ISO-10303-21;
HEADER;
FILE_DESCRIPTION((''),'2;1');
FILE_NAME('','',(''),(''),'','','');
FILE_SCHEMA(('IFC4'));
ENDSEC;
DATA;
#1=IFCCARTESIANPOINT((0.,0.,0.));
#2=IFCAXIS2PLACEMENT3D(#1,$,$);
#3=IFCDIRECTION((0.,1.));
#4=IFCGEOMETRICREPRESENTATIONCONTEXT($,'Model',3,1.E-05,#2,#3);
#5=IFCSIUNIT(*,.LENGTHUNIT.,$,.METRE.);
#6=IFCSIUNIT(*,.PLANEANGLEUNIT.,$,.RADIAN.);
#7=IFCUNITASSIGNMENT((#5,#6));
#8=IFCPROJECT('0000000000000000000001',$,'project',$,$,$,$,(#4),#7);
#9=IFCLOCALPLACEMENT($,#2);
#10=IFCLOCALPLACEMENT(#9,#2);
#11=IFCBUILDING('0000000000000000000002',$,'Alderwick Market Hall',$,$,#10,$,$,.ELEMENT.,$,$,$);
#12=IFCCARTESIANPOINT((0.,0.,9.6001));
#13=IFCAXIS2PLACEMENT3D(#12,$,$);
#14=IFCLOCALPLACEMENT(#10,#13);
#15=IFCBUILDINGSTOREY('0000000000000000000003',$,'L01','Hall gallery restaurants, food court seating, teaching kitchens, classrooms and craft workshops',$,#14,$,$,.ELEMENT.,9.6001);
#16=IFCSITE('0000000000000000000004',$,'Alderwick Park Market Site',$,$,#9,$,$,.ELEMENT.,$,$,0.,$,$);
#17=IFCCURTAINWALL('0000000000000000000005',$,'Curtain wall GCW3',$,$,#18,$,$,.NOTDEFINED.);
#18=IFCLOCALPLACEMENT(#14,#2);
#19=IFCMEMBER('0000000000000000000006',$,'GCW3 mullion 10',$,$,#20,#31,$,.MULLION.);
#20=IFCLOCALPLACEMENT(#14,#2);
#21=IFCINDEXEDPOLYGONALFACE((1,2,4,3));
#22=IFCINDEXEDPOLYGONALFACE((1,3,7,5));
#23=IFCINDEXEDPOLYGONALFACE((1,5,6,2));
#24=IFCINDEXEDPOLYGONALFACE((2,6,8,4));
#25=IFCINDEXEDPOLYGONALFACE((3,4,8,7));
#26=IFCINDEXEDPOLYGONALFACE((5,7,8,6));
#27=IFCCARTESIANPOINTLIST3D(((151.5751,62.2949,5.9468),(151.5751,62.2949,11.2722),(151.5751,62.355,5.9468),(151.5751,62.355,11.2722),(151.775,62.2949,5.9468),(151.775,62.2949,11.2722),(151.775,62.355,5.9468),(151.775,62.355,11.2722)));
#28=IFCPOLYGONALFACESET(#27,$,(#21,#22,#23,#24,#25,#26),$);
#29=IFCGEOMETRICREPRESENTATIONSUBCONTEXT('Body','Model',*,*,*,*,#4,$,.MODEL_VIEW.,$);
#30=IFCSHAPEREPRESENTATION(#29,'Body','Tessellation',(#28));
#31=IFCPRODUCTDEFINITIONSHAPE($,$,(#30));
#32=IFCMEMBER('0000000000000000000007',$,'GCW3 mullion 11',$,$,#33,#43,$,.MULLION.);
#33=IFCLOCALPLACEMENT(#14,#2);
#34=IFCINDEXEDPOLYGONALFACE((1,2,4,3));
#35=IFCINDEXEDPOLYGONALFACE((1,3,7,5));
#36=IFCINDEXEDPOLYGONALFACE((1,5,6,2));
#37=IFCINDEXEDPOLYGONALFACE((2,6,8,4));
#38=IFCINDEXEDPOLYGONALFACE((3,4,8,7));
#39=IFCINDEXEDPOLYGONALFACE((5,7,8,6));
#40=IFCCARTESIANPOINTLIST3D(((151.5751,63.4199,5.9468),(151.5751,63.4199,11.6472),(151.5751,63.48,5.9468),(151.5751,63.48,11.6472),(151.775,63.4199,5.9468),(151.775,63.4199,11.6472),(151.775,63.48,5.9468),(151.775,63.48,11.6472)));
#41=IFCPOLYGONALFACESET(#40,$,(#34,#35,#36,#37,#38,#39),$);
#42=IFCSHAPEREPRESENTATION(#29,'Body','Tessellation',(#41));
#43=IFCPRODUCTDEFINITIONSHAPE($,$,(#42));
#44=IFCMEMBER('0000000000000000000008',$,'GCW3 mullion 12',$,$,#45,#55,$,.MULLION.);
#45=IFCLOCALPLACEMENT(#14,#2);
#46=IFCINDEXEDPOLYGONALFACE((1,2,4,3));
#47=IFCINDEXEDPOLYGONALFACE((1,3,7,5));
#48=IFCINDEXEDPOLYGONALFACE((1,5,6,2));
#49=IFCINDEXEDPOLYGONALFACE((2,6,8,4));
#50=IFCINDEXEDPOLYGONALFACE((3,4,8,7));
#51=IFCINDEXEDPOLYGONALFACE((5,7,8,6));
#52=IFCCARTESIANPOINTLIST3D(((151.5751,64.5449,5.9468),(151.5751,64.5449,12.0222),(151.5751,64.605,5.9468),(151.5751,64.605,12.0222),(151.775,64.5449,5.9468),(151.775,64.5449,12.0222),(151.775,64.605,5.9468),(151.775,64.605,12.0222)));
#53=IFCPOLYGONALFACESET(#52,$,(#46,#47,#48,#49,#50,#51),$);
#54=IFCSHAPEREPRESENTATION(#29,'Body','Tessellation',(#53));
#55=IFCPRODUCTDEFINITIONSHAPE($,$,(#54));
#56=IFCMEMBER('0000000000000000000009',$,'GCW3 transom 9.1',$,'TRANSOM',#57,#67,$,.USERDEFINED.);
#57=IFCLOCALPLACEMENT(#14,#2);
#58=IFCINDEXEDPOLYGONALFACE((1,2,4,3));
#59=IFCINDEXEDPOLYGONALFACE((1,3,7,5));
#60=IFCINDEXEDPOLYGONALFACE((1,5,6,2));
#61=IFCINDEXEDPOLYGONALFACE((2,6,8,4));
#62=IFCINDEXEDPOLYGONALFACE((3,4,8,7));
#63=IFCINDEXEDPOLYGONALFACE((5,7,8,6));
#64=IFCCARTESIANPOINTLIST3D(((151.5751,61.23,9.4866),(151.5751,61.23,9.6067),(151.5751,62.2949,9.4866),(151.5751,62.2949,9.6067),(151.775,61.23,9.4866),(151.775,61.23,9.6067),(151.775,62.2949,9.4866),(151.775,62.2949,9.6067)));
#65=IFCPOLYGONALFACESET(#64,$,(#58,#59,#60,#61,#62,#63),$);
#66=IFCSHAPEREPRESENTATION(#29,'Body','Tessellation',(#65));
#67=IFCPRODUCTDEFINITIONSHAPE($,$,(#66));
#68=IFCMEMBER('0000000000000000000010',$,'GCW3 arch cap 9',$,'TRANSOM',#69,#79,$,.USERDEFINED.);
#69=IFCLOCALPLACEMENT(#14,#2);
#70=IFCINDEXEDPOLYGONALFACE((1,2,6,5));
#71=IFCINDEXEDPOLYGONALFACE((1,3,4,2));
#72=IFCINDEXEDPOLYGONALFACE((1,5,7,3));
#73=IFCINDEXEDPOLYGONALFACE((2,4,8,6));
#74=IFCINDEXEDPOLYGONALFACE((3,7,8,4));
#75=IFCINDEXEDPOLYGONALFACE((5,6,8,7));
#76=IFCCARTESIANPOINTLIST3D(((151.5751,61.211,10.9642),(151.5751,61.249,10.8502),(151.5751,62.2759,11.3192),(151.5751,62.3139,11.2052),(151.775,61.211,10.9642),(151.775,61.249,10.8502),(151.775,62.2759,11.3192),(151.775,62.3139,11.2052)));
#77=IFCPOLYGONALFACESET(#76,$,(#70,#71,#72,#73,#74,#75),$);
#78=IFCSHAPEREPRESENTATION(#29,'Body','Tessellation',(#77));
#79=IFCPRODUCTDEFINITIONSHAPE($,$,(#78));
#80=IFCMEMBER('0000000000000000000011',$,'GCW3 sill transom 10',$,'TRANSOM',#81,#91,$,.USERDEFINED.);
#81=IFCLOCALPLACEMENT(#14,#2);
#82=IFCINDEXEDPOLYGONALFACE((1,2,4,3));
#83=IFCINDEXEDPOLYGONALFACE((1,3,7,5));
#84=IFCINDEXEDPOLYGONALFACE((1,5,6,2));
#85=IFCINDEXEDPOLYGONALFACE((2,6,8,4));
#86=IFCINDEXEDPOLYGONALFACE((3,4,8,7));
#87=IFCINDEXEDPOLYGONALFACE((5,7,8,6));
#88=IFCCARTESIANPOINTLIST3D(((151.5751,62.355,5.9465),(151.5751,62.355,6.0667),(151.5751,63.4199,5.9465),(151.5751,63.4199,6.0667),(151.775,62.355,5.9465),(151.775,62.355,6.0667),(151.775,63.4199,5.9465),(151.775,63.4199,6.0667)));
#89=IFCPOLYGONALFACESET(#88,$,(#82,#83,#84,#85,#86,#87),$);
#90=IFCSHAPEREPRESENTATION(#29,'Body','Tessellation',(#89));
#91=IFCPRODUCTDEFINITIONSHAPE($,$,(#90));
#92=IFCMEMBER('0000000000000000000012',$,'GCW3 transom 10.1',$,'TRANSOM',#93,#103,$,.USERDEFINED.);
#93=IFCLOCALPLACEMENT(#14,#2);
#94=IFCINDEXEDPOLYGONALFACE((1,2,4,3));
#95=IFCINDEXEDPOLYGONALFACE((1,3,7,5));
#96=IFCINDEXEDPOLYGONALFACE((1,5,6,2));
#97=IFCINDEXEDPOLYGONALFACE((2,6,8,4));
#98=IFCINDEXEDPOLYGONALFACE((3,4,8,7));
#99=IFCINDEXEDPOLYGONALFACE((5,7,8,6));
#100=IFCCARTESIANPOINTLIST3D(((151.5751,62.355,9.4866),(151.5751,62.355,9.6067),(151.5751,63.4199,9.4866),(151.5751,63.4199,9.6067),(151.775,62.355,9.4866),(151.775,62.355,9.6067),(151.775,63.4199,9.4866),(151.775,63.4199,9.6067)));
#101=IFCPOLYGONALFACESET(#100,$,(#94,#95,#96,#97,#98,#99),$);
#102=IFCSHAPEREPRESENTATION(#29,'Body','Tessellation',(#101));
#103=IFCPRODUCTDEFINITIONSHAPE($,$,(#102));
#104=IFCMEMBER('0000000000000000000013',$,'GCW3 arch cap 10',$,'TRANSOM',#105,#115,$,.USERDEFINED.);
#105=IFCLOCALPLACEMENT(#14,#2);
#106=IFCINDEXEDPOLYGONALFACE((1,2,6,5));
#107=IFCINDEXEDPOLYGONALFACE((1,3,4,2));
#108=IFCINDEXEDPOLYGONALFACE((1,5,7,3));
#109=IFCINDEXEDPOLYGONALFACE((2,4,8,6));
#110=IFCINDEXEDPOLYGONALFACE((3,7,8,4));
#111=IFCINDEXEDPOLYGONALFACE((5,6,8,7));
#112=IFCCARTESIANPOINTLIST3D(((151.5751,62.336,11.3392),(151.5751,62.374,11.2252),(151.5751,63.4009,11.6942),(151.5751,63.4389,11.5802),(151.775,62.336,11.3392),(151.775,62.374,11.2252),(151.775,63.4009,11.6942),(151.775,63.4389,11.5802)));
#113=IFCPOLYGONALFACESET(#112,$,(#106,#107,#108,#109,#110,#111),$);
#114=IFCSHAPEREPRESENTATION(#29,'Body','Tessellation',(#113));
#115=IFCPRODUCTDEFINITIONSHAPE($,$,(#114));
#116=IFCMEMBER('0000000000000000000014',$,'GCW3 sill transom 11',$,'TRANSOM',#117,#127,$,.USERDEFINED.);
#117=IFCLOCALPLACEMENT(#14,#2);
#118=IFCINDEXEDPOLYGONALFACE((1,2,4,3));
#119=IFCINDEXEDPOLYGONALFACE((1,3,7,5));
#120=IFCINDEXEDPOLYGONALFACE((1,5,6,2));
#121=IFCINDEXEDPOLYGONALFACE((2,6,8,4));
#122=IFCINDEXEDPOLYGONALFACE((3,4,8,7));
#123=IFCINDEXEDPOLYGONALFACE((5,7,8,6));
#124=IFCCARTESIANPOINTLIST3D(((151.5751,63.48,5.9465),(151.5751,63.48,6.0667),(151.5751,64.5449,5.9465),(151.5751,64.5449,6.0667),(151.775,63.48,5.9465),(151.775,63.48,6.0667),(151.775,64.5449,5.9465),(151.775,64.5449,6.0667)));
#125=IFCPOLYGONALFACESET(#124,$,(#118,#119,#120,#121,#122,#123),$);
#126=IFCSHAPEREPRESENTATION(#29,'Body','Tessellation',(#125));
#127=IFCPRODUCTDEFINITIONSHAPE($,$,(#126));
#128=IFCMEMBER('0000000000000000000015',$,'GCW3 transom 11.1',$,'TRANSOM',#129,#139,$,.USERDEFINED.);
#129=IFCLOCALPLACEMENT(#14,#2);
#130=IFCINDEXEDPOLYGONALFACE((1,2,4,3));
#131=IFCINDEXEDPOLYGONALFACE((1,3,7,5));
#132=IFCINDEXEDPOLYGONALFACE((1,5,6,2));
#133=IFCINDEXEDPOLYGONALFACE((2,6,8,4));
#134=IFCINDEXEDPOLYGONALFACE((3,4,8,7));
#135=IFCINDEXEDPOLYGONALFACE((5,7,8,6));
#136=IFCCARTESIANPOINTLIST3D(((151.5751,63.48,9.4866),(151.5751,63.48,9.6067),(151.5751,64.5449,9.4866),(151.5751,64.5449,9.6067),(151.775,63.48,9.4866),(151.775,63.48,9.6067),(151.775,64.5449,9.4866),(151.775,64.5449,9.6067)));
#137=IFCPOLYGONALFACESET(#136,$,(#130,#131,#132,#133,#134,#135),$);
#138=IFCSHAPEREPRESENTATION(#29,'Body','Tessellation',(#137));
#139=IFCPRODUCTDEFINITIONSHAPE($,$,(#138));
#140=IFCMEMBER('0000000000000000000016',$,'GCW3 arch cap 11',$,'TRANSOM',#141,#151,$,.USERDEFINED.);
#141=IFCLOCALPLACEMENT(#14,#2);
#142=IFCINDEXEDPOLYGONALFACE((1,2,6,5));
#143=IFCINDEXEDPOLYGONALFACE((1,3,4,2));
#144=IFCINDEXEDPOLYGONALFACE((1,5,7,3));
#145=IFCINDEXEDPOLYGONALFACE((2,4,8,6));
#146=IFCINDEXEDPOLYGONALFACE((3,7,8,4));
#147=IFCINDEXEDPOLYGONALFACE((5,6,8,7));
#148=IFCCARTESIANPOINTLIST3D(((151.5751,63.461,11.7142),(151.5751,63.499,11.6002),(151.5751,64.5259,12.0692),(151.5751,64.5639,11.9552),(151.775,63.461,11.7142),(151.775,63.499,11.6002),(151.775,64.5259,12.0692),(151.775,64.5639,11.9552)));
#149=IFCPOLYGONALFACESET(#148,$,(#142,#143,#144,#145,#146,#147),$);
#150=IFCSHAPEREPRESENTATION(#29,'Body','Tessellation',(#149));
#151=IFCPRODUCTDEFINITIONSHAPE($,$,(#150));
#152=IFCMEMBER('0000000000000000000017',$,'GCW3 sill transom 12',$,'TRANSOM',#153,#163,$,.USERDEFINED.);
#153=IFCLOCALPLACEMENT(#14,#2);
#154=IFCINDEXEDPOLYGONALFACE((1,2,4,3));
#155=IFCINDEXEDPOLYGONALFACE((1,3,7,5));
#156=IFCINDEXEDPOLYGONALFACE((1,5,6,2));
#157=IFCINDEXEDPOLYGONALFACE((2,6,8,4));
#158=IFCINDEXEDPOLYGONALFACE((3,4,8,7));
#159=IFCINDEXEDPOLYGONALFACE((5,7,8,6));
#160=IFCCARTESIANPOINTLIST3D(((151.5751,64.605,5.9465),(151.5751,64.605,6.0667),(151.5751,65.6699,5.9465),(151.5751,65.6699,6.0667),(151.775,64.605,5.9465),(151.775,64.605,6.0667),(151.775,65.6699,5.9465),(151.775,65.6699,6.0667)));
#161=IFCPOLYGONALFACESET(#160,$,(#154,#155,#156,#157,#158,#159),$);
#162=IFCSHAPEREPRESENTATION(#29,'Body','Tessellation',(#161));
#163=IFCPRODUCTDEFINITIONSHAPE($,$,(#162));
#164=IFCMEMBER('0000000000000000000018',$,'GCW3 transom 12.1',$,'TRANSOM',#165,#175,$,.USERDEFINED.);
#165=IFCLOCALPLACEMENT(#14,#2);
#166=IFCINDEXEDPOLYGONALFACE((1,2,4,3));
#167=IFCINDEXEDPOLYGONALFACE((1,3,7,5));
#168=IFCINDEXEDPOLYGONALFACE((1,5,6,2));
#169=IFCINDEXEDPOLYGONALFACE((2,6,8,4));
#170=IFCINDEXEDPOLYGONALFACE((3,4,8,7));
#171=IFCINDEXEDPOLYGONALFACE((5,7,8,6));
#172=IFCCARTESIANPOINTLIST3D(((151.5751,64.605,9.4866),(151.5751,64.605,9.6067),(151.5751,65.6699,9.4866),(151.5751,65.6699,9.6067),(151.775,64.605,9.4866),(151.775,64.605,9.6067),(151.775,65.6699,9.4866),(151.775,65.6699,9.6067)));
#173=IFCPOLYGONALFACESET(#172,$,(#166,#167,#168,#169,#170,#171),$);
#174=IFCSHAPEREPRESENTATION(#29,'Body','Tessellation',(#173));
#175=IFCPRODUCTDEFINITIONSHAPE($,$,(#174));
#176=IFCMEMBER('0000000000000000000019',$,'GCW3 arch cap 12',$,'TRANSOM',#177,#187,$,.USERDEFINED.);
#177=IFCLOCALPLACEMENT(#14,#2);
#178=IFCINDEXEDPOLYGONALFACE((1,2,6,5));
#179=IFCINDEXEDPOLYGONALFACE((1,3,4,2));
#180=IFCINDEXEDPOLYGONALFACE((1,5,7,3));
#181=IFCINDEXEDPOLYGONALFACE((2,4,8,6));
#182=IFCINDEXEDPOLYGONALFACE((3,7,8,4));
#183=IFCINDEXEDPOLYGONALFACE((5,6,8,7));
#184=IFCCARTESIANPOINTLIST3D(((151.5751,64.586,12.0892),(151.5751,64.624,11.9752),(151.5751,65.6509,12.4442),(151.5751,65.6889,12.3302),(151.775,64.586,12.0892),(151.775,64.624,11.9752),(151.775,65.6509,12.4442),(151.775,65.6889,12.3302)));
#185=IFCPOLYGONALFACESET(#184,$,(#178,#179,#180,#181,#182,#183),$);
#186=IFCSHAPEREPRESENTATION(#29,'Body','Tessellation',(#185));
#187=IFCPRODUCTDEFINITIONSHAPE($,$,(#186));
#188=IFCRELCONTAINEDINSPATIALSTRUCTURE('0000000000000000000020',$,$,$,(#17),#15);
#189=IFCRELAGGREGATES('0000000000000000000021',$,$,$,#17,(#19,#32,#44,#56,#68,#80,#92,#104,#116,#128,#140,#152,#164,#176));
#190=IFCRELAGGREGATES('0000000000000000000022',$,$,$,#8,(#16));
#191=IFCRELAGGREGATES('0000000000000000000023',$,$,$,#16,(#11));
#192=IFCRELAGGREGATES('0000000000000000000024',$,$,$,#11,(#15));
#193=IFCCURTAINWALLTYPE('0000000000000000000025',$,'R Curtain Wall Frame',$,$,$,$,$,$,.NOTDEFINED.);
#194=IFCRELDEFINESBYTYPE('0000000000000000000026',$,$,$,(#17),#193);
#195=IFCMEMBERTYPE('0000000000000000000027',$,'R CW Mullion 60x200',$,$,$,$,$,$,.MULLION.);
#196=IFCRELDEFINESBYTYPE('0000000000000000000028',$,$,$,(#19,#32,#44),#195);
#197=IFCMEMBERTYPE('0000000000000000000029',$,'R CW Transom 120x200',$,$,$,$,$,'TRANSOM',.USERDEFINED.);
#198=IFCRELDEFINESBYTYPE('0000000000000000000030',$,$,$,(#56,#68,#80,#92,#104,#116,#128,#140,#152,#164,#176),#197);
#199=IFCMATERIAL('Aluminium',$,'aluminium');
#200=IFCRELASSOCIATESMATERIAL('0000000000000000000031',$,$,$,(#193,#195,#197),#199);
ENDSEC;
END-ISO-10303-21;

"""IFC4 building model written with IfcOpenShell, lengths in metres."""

from ifc_helpers import new_model, si_unit, direction, frame, origin, origin_2d, place, context, subcontext, project, spatial, rectangle, extrude, material, material_profile, profile_set, type_object, element, aggregate, save


model = new_model("IFC4")

# Units and contexts
model_context = context("Model", 3, precision=1e-05, world=origin(), true_north=direction((0.0, 1.0)))
body_context = subcontext(model_context, "Body", "Model", "MODEL_VIEW")
ifc_project = project(units=[si_unit("LENGTHUNIT", "METRE"), si_unit("PLANEANGLEUNIT", "RADIAN")], contexts=[model_context])

# Site, building, storey
site_placement = place(None, origin())
site = spatial("IfcSite", under=ifc_project, at=site_placement, Name="Alderwick Park Market Site", CompositionType="ELEMENT", RefElevation=0.0)
building_placement = place(site_placement, origin())
building = spatial("IfcBuilding", under=site, at=building_placement, Name="Alderwick Market Hall", CompositionType="ELEMENT")
storey_placement = place(building_placement, frame((0.0, 0.0, 9.6001)))
storey = spatial("IfcBuildingStorey", under=building, at=storey_placement, Name="L01", Description="Hall gallery restaurants, food court seating, teaching kitchens, classrooms and craft workshops", CompositionType="ELEMENT", Elevation=9.6001)

# Curtain wall, members
ifc_material_1 = material(Name="Aluminium", Category="aluminium")
curtain_wall_type = type_object("IfcCurtainWallType", Name="R Curtain Wall Frame", PredefinedType="NOTDEFINED", material=ifc_material_1)
curtain_wall_placement = place(storey_placement, origin())
curtain_wall = element("IfcCurtainWall", 1, at=curtain_wall_placement, inside=storey, type_object=curtain_wall_type, Name="Curtain wall GCW3", PredefinedType="NOTDEFINED")
ifc_material_profile_1 = material_profile(ifc_material_1, rectangle(XDim=0.2, YDim=0.0601, at=origin_2d()), Name="AL 60x200")
ifc_profile_set_1 = profile_set([ifc_material_profile_1], Name="Aluminium")
member_type_1 = type_object("IfcMemberType", Name="R CW Mullion 60x200", PredefinedType="MULLION", material=ifc_profile_set_1)
member_1_placement = place(storey_placement, frame((151.675, 62.325, 5.9468), z_axis=(0.0, 0.0, 1.0), x_axis=(1.0, 0.0, 0.0)))
member_1 = element("IfcMember", 2, at=member_1_placement, type_object=member_type_1, Name="GCW3 mullion 10", PredefinedType="MULLION", context=body_context, shape_type="SweptSolid", body=[
    extrude(rectangle(XDim=0.2, YDim=0.0601, at=origin_2d()), origin(), (0.0, 0.0, 1.0), 5.3254),
])
member_2_placement = place(storey_placement, frame((151.675, 63.45, 5.9468), z_axis=(0.0, 0.0, 1.0), x_axis=(1.0, 0.0, 0.0)))
member_2 = element("IfcMember", 3, at=member_2_placement, type_object=member_type_1, Name="GCW3 mullion 11", PredefinedType="MULLION", context=body_context, shape_type="SweptSolid", body=[
    extrude(rectangle(XDim=0.2, YDim=0.0601, at=origin_2d()), origin(), (0.0, 0.0, 1.0), 5.7004),
])
member_3_placement = place(storey_placement, frame((151.675, 64.575, 5.9468), z_axis=(0.0, 0.0, 1.0), x_axis=(1.0, 0.0, 0.0)))
member_3 = element("IfcMember", 4, at=member_3_placement, type_object=member_type_1, Name="GCW3 mullion 12", PredefinedType="MULLION", context=body_context, shape_type="SweptSolid", body=[
    extrude(rectangle(XDim=0.2, YDim=0.0601, at=origin_2d()), origin(), (0.0, 0.0, 1.0), 6.0754),
])
ifc_material_profile_2 = material_profile(ifc_material_1, rectangle(XDim=0.2, YDim=0.1201, at=origin_2d()), Name="AL 120x200")
ifc_profile_set_2 = profile_set([ifc_material_profile_2], Name="Aluminium")
member_type_2 = type_object("IfcMemberType", Name="R CW Transom 120x200", ElementType="TRANSOM", PredefinedType="USERDEFINED", material=ifc_profile_set_2)
member_4_placement = place(storey_placement, frame((151.675, 61.23, 9.5466), z_axis=(0.0, 1.0, 0.0), x_axis=(-1.0, 0.0, 0.0)))
member_4 = element("IfcMember", 5, at=member_4_placement, type_object=member_type_2, Name="GCW3 transom 9.1", ObjectType="TRANSOM", PredefinedType="USERDEFINED", context=body_context, shape_type="SweptSolid", body=[
    extrude(rectangle(XDim=0.2, YDim=0.1201, at=origin_2d()), origin(), (0.0, 0.0, 1.0), 1.0649),
])
member_5_placement = place(storey_placement, frame((151.675, 61.23, 10.9072), z_axis=(0.0, 0.948683, 0.316228), x_axis=(-1.0, 0.0, 0.0)))
member_5 = element("IfcMember", 6, at=member_5_placement, type_object=member_type_2, Name="GCW3 arch cap 9", ObjectType="TRANSOM", PredefinedType="USERDEFINED", context=body_context, shape_type="SweptSolid", body=[
    extrude(rectangle(XDim=0.2, YDim=0.1201, at=origin_2d()), origin(), (0.0, 0.0, 1.0), 1.1226),
])
member_6_placement = place(storey_placement, frame((151.675, 62.355, 6.0066), z_axis=(0.0, 1.0, 0.0), x_axis=(-1.0, 0.0, 0.0)))
member_6 = element("IfcMember", 7, at=member_6_placement, type_object=member_type_2, Name="GCW3 sill transom 10", ObjectType="TRANSOM", PredefinedType="USERDEFINED", context=body_context, shape_type="SweptSolid", body=[
    extrude(rectangle(XDim=0.2, YDim=0.1201, at=origin_2d()), origin(), (0.0, 0.0, 1.0), 1.0649),
])
member_7_placement = place(storey_placement, frame((151.675, 62.355, 9.5466), z_axis=(0.0, 1.0, 0.0), x_axis=(-1.0, 0.0, 0.0)))
member_7 = element("IfcMember", 8, at=member_7_placement, type_object=member_type_2, Name="GCW3 transom 10.1", ObjectType="TRANSOM", PredefinedType="USERDEFINED", context=body_context, shape_type="SweptSolid", body=[
    extrude(rectangle(XDim=0.2, YDim=0.1201, at=origin_2d()), origin(), (0.0, 0.0, 1.0), 1.0649),
])
member_8_placement = place(storey_placement, frame((151.675, 62.355, 11.2822), z_axis=(0.0, 0.948683, 0.316228), x_axis=(-1.0, 0.0, 0.0)))
member_8 = element("IfcMember", 9, at=member_8_placement, type_object=member_type_2, Name="GCW3 arch cap 10", ObjectType="TRANSOM", PredefinedType="USERDEFINED", context=body_context, shape_type="SweptSolid", body=[
    extrude(rectangle(XDim=0.2, YDim=0.1201, at=origin_2d()), origin(), (0.0, 0.0, 1.0), 1.1226),
])
member_9_placement = place(storey_placement, frame((151.675, 63.48, 6.0066), z_axis=(0.0, 1.0, 0.0), x_axis=(-1.0, 0.0, 0.0)))
member_9 = element("IfcMember", 10, at=member_9_placement, type_object=member_type_2, Name="GCW3 sill transom 11", ObjectType="TRANSOM", PredefinedType="USERDEFINED", context=body_context, shape_type="SweptSolid", body=[
    extrude(rectangle(XDim=0.2, YDim=0.1201, at=origin_2d()), origin(), (0.0, 0.0, 1.0), 1.0649),
])
member_10_placement = place(storey_placement, frame((151.675, 63.48, 9.5466), z_axis=(0.0, 1.0, 0.0), x_axis=(-1.0, 0.0, 0.0)))
member_10 = element("IfcMember", 11, at=member_10_placement, type_object=member_type_2, Name="GCW3 transom 11.1", ObjectType="TRANSOM", PredefinedType="USERDEFINED", context=body_context, shape_type="SweptSolid", body=[
    extrude(rectangle(XDim=0.2, YDim=0.1201, at=origin_2d()), origin(), (0.0, 0.0, 1.0), 1.0649),
])
member_11_placement = place(storey_placement, frame((151.675, 63.48, 11.6572), z_axis=(0.0, 0.948683, 0.316228), x_axis=(-1.0, 0.0, 0.0)))
member_11 = element("IfcMember", 12, at=member_11_placement, type_object=member_type_2, Name="GCW3 arch cap 11", ObjectType="TRANSOM", PredefinedType="USERDEFINED", context=body_context, shape_type="SweptSolid", body=[
    extrude(rectangle(XDim=0.2, YDim=0.1201, at=origin_2d()), origin(), (0.0, 0.0, 1.0), 1.1226),
])
member_12_placement = place(storey_placement, frame((151.675, 64.605, 6.0066), z_axis=(0.0, 1.0, 0.0), x_axis=(-1.0, 0.0, 0.0)))
member_12 = element("IfcMember", 13, at=member_12_placement, type_object=member_type_2, Name="GCW3 sill transom 12", ObjectType="TRANSOM", PredefinedType="USERDEFINED", context=body_context, shape_type="SweptSolid", body=[
    extrude(rectangle(XDim=0.2, YDim=0.1201, at=origin_2d()), origin(), (0.0, 0.0, 1.0), 1.0649),
])
member_13_placement = place(storey_placement, frame((151.675, 64.605, 9.5466), z_axis=(0.0, 1.0, 0.0), x_axis=(-1.0, 0.0, 0.0)))
member_13 = element("IfcMember", 14, at=member_13_placement, type_object=member_type_2, Name="GCW3 transom 12.1", ObjectType="TRANSOM", PredefinedType="USERDEFINED", context=body_context, shape_type="SweptSolid", body=[
    extrude(rectangle(XDim=0.2, YDim=0.1201, at=origin_2d()), origin(), (0.0, 0.0, 1.0), 1.0649),
])
member_14_placement = place(storey_placement, frame((151.675, 64.605, 12.0322), z_axis=(0.0, 0.948683, 0.316228), x_axis=(-1.0, 0.0, 0.0)))
member_14 = element("IfcMember", 15, at=member_14_placement, type_object=member_type_2, Name="GCW3 arch cap 12", ObjectType="TRANSOM", PredefinedType="USERDEFINED", context=body_context, shape_type="SweptSolid", body=[
    extrude(rectangle(XDim=0.2, YDim=0.1201, at=origin_2d()), origin(), (0.0, 0.0, 1.0), 1.1226),
])
aggregate(curtain_wall, [member_1, member_2, member_3, member_4, member_5, member_6, member_7, member_8, member_9, member_10, member_11, member_12, member_13, member_14])

save(model, "model.ifc")
